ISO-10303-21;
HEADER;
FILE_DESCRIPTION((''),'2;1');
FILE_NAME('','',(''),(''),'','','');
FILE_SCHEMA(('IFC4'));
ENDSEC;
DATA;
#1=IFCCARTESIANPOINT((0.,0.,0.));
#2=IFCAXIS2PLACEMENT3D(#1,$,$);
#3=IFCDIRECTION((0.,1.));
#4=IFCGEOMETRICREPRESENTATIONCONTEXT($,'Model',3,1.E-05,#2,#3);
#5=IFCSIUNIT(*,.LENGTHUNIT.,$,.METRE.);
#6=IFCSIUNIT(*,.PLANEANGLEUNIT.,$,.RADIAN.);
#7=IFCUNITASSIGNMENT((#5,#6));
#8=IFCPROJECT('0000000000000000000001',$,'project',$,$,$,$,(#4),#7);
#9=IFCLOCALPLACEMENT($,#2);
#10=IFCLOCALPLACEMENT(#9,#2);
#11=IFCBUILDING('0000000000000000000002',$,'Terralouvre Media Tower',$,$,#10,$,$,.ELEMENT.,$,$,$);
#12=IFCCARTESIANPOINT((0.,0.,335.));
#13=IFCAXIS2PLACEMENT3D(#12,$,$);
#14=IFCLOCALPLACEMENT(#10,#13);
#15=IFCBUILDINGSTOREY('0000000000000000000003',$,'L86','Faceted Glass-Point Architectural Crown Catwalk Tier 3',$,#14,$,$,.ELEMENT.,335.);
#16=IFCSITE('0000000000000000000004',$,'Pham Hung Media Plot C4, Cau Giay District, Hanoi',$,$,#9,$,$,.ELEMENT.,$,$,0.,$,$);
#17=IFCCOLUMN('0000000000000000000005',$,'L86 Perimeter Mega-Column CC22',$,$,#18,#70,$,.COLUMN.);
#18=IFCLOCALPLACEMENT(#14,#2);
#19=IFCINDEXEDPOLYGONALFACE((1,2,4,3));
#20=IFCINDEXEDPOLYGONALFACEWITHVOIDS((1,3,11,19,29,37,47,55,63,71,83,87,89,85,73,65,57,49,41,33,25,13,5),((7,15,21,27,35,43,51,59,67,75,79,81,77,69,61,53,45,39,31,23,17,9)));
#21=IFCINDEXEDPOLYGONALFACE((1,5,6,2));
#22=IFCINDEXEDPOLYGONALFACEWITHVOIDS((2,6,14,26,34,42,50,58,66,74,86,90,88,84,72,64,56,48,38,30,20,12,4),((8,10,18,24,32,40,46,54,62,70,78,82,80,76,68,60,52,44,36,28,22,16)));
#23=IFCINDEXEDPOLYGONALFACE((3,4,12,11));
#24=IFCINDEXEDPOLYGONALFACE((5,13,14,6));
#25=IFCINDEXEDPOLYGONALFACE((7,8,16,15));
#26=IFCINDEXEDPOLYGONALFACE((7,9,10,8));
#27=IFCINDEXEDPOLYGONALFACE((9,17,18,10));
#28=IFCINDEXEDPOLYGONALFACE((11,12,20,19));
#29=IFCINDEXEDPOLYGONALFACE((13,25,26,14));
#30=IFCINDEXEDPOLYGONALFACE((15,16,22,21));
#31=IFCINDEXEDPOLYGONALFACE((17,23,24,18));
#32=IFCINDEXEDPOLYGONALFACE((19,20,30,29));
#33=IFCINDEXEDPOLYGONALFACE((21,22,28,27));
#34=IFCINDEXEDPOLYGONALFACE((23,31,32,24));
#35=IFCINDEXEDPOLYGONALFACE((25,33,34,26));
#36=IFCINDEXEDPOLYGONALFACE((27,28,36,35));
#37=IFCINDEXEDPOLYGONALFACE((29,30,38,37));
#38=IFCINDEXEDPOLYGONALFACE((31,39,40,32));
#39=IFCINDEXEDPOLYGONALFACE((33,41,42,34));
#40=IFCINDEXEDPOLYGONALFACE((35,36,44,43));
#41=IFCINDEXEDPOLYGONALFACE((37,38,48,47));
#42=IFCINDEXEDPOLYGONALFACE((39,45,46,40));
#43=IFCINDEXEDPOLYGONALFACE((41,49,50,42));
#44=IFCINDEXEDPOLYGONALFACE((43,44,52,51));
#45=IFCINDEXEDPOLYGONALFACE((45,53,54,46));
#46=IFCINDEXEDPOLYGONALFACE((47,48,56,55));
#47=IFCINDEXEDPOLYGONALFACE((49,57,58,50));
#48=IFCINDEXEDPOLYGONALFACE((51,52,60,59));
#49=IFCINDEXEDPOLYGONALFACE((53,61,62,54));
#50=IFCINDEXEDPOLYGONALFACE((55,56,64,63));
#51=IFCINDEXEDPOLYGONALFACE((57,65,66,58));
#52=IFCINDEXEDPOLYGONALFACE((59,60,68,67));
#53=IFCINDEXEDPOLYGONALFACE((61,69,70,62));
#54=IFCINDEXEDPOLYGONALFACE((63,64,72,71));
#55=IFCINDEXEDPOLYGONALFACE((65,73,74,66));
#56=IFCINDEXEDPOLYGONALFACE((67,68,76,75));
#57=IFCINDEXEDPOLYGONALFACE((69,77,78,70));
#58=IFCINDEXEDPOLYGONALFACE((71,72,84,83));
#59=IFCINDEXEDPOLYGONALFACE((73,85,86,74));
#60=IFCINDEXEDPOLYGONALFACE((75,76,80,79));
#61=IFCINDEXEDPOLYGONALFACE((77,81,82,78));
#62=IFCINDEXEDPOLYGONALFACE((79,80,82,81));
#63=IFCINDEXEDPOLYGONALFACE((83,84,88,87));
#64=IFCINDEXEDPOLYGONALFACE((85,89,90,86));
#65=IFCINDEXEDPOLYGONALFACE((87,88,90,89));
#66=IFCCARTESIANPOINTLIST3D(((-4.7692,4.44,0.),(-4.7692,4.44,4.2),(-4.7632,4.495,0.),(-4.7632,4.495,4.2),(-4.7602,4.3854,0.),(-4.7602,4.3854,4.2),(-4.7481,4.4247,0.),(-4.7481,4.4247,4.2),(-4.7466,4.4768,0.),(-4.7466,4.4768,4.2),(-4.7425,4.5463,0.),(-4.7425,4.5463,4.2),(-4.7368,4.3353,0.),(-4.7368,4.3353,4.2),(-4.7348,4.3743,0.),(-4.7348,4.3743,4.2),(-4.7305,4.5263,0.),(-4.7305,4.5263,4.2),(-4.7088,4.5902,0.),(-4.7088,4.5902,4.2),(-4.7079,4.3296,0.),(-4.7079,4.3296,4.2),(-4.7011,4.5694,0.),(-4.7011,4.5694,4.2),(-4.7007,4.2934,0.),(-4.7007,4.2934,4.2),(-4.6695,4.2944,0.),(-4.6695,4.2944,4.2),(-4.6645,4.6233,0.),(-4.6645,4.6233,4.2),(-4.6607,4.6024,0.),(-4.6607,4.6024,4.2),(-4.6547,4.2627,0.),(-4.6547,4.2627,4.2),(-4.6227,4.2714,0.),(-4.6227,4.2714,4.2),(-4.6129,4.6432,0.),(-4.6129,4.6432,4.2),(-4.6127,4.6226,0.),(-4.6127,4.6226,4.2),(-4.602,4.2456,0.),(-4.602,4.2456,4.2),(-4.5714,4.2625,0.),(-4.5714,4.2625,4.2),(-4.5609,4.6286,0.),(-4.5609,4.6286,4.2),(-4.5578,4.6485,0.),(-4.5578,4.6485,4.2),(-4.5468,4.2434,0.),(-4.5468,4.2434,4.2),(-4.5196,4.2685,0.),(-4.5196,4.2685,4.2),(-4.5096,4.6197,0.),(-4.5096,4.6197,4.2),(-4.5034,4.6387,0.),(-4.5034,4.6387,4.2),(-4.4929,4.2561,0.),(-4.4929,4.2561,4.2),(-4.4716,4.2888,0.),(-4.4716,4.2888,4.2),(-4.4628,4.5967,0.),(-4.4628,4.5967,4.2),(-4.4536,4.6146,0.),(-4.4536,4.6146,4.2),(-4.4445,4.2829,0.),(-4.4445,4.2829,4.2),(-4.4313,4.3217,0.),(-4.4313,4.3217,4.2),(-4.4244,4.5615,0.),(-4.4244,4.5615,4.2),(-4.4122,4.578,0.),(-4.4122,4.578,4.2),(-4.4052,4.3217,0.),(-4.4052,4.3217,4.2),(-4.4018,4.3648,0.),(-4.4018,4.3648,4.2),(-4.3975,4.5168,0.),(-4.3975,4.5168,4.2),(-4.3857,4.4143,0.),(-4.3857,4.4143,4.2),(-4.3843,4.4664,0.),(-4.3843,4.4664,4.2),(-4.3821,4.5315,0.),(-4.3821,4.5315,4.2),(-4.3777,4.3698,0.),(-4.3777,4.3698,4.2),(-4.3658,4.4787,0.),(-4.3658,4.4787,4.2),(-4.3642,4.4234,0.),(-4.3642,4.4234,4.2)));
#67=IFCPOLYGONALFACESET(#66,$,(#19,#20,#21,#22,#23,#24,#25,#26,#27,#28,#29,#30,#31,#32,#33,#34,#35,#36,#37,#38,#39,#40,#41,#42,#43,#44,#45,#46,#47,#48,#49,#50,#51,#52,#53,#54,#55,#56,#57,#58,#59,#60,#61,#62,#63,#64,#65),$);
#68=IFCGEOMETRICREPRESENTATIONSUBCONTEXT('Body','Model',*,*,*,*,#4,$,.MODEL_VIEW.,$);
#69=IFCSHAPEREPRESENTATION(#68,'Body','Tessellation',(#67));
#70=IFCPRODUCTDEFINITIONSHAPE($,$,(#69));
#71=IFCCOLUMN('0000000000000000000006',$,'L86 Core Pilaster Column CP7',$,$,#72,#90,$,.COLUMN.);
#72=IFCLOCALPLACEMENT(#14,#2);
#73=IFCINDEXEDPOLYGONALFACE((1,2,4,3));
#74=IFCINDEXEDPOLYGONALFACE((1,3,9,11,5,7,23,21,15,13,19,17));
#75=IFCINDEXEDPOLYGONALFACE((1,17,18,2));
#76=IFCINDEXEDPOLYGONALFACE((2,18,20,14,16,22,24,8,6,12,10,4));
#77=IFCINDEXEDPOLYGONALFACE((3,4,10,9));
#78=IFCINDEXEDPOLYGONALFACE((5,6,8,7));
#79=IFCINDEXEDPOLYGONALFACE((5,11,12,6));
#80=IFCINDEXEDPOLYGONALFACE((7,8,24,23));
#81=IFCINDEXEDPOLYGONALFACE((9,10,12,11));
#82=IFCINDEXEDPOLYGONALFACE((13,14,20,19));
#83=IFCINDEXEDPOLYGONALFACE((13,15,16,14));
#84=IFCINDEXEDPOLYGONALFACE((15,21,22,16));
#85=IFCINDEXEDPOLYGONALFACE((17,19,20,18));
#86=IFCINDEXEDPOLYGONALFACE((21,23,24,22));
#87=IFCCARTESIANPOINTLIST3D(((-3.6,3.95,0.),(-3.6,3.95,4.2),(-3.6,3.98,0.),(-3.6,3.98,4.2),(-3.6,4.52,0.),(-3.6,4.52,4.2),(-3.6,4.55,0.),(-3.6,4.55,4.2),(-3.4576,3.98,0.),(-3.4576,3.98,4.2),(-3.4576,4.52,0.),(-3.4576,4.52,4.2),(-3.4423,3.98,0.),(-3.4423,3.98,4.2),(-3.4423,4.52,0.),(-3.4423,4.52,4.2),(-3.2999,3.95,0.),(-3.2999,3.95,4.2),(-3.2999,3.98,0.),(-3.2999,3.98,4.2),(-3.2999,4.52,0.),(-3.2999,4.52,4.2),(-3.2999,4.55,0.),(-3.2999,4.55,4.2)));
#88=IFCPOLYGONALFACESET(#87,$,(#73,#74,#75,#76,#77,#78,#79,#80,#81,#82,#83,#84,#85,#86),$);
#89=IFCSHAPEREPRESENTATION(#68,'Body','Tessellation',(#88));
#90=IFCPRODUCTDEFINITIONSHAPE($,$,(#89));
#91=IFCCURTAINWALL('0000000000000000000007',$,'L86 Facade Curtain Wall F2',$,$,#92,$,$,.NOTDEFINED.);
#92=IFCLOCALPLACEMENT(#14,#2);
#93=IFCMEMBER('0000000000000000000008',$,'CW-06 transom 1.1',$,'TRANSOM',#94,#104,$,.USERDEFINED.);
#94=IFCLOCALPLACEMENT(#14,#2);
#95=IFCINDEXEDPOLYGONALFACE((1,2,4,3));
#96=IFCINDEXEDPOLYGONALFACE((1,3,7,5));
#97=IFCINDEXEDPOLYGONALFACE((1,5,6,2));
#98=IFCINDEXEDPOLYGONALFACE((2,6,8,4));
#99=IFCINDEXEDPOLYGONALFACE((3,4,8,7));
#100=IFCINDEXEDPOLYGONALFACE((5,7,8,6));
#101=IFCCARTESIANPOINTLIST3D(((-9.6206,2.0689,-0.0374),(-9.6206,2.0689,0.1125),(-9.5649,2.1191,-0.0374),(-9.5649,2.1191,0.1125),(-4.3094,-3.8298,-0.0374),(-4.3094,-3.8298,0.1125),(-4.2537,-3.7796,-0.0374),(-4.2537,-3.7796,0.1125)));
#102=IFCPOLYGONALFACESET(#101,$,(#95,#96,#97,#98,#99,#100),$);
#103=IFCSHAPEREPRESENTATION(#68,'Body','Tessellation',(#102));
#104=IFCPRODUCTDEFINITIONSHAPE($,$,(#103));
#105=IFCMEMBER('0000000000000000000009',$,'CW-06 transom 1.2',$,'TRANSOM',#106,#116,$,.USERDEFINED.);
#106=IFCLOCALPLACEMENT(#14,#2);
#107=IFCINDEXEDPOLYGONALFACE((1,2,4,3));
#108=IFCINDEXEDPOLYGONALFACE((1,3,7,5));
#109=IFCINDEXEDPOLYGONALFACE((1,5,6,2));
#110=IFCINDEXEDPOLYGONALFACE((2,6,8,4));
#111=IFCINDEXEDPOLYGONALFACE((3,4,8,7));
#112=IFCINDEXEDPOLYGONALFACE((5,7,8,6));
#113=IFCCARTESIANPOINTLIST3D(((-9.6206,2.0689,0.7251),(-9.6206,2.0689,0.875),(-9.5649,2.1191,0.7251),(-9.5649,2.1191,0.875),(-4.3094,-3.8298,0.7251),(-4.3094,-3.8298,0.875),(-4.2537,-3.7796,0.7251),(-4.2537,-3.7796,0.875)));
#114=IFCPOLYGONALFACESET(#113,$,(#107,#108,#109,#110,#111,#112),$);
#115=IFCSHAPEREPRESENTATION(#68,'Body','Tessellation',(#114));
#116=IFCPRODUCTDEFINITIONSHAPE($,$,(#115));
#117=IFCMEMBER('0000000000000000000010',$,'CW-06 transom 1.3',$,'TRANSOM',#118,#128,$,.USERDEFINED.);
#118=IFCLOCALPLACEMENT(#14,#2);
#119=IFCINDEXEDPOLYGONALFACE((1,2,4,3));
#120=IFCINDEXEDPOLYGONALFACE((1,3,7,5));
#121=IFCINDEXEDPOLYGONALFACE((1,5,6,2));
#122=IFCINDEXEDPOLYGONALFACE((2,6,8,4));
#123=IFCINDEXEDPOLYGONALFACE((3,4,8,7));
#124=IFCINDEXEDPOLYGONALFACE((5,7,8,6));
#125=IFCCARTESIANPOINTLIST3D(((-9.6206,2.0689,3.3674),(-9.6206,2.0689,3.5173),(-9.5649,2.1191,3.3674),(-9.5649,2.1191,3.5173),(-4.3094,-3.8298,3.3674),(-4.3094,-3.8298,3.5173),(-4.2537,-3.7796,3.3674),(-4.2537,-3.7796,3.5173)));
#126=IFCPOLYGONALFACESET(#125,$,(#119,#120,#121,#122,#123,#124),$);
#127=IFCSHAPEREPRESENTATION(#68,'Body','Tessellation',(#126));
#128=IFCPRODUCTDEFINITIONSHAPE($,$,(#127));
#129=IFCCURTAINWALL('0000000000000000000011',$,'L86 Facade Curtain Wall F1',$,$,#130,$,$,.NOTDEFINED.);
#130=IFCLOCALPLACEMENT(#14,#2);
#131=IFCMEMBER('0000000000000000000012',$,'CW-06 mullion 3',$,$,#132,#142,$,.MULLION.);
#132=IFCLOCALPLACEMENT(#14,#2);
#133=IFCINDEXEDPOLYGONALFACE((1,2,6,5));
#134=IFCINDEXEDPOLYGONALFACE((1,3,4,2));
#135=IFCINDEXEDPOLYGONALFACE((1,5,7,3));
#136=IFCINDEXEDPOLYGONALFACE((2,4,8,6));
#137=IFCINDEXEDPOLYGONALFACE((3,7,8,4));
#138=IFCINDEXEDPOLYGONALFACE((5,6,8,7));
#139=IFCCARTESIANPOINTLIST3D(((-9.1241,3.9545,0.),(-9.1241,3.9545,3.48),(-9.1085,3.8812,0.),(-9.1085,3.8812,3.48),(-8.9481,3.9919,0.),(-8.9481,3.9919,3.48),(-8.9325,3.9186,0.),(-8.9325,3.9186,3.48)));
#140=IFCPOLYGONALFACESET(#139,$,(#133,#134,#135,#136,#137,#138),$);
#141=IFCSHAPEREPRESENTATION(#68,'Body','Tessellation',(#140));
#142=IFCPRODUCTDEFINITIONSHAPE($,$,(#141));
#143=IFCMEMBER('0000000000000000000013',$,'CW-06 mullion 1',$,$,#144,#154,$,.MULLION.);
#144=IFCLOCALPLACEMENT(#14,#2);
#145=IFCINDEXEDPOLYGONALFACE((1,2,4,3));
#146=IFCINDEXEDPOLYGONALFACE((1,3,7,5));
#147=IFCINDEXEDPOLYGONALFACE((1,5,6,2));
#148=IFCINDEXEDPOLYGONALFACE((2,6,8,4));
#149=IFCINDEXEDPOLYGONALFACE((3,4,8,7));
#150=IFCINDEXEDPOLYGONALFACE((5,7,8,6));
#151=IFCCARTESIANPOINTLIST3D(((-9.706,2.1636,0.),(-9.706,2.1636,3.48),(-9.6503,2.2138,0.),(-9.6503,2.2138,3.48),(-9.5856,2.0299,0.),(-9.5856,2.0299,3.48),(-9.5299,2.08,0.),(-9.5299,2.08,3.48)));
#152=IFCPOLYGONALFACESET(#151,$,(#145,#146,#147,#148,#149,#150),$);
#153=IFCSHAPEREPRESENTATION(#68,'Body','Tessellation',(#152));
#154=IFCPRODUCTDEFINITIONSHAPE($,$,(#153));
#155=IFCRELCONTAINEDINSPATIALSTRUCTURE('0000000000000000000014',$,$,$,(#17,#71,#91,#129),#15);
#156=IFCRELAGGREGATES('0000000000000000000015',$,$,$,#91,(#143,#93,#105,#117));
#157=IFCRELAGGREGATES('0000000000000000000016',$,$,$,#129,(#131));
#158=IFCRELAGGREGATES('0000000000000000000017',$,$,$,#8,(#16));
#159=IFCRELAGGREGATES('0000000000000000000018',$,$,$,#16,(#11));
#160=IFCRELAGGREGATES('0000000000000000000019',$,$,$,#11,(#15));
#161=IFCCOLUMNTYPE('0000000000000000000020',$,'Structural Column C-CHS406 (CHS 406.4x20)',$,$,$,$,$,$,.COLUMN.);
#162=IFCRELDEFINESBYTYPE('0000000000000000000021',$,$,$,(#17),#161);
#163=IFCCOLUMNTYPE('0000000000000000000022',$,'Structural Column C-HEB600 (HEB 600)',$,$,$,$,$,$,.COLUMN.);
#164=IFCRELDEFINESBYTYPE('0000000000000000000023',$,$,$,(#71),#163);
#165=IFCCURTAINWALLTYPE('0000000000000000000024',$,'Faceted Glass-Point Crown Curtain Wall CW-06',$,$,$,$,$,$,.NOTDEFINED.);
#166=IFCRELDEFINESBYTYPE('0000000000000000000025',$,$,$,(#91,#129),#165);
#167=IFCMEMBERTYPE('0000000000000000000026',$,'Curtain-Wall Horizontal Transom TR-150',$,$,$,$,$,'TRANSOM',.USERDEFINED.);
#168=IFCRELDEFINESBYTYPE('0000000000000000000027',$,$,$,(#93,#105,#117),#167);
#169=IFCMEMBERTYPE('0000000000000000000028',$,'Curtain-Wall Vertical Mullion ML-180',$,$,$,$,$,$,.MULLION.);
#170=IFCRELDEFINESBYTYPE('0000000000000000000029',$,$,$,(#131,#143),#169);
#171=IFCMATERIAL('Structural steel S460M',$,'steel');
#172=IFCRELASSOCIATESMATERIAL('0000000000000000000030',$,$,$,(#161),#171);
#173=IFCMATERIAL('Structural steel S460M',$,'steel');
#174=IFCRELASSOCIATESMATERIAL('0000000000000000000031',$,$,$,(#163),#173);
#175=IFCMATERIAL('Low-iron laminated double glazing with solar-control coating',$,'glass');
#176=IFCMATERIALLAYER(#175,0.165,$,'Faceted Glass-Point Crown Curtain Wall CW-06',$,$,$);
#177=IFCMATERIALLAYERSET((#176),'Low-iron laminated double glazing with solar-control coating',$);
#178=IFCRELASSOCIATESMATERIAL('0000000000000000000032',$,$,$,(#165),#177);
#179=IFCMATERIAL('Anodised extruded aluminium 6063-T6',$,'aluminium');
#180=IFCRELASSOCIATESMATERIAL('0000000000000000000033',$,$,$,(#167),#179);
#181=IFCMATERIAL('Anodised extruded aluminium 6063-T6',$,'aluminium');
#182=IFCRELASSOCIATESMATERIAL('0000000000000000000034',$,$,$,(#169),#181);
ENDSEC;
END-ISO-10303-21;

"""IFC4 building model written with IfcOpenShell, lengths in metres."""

from ifc_helpers import new_model, si_unit, direction, frame, origin, origin_2d, place, context, subcontext, project, spatial, rectangle, hollow_circle, i_section, extrude, material, layer, layer_set, material_profile, profile_set, type_object, element, aggregate, save


model = new_model("IFC4")

# Units and contexts
model_context = context("Model", 3, precision=1e-05, world=origin(), true_north=direction((0.0, 1.0)))
body_context = subcontext(model_context, "Body", "Model", "MODEL_VIEW")
ifc_project = project(units=[si_unit("LENGTHUNIT", "METRE"), si_unit("PLANEANGLEUNIT", "RADIAN")], contexts=[model_context])

# Site, building, storey
site_placement = place(None, origin())
site = spatial("IfcSite", under=ifc_project, at=site_placement, Name="Pham Hung Media Plot C4, Cau Giay District, Hanoi", CompositionType="ELEMENT", RefElevation=0.0)
building_placement = place(site_placement, origin())
building = spatial("IfcBuilding", under=site, at=building_placement, Name="Terralouvre Media Tower", CompositionType="ELEMENT")
storey_placement = place(building_placement, frame((0.0, 0.0, 335.0)))
storey = spatial("IfcBuildingStorey", under=building, at=storey_placement, Name="L86", Description="Faceted Glass-Point Architectural Crown Catwalk Tier 3", CompositionType="ELEMENT", Elevation=335.0)

# Columns
ifc_material_1 = material(Name="Structural steel S460M", Category="steel")
ifc_material_profile_1 = material_profile(ifc_material_1, hollow_circle(Radius=0.2031, WallThickness=0.02, at=origin_2d()), Name="CHS 406.4x20")
ifc_profile_set_1 = profile_set([ifc_material_profile_1], Name="Structural steel S460M")
column_type_1 = type_object("IfcColumnType", Name="Structural Column C-CHS406 (CHS 406.4x20)", PredefinedType="COLUMN", material=ifc_profile_set_1)
column_1_placement = place(storey_placement, frame((-4.5662, 4.4456, 0.0), z_axis=(0.0, 0.0, 1.0), x_axis=(0.309017, 0.951057, 0.0)))
element("IfcColumn", 1, at=column_1_placement, inside=storey, type_object=column_type_1, Name="L86 Perimeter Mega-Column CC22", PredefinedType="COLUMN", context=body_context, shape_type="SweptSolid", body=[
    extrude(hollow_circle(Radius=0.2031, WallThickness=0.02, at=origin_2d()), origin(), (0.0, 0.0, 1.0), 4.2),
])
ifc_material_2 = material(Name="Structural steel S460M", Category="steel")
ifc_material_profile_2 = material_profile(ifc_material_2, i_section(OverallWidth=0.3, OverallDepth=0.6001, WebThickness=0.0154, FlangeThickness=0.03, at=origin_2d()), Name="HEB 600")
ifc_profile_set_2 = profile_set([ifc_material_profile_2], Name="Structural steel S460M")
column_type_2 = type_object("IfcColumnType", Name="Structural Column C-HEB600 (HEB 600)", PredefinedType="COLUMN", material=ifc_profile_set_2)
column_2_placement = place(storey_placement, frame((-3.45, 4.25, 0.0), z_axis=(0.0, 0.0, 1.0), x_axis=(1.0, 0.0, 0.0)))
element("IfcColumn", 2, at=column_2_placement, inside=storey, type_object=column_type_2, Name="L86 Core Pilaster Column CP7", PredefinedType="COLUMN", context=body_context, shape_type="SweptSolid", body=[
    extrude(i_section(OverallWidth=0.3, OverallDepth=0.6001, WebThickness=0.0154, FlangeThickness=0.03, at=origin_2d()), origin(), (0.0, 0.0, 1.0), 4.2),
])

# Curtain wall, members
ifc_material_3 = material(Name="Low-iron laminated double glazing with solar-control coating", Category="glass")
ifc_layer_1 = layer(ifc_material_3, 0.165, Name="Faceted Glass-Point Crown Curtain Wall CW-06")
ifc_layer_set_1 = layer_set([ifc_layer_1], Name="Low-iron laminated double glazing with solar-control coating")
curtain_wall_type = type_object("IfcCurtainWallType", Name="Faceted Glass-Point Crown Curtain Wall CW-06", PredefinedType="NOTDEFINED", material=ifc_layer_set_1)
curtain_wall_1_placement = place(storey_placement, origin())
curtain_wall_1 = element("IfcCurtainWall", 3, at=curtain_wall_1_placement, inside=storey, type_object=curtain_wall_type, Name="L86 Facade Curtain Wall F2", PredefinedType="NOTDEFINED")
ifc_material_4 = material(Name="Anodised extruded aluminium 6063-T6", Category="aluminium")
ifc_material_profile_3 = material_profile(ifc_material_4, rectangle(XDim=0.075, YDim=0.1499, at=origin_2d()), Name="ALU 75x150")
ifc_profile_set_3 = profile_set([ifc_material_profile_3], Name="Anodised extruded aluminium 6063-T6")
member_type_1 = type_object("IfcMemberType", Name="Curtain-Wall Horizontal Transom TR-150", ElementType="TRANSOM", PredefinedType="USERDEFINED", material=ifc_profile_set_3)
member_1_placement = place(storey_placement, frame((-9.5928, 2.094, 0.0376), z_axis=(0.669136, -0.74314, 0.0), x_axis=(0.74314, 0.669136, 0.0)))
member_1 = element("IfcMember", 4, at=member_1_placement, type_object=member_type_1, Name="CW-06 transom 1.1", ObjectType="TRANSOM", PredefinedType="USERDEFINED", context=body_context, shape_type="SweptSolid", body=[
    extrude(rectangle(XDim=0.075, YDim=0.1499, at=origin_2d()), origin(), (0.0, 0.0, 1.0), 7.9375),
])
member_2_placement = place(storey_placement, frame((-9.5928, 2.094, 0.8), z_axis=(0.669136, -0.74314, 0.0), x_axis=(0.74314, 0.669136, 0.0)))
member_2 = element("IfcMember", 5, at=member_2_placement, type_object=member_type_1, Name="CW-06 transom 1.2", ObjectType="TRANSOM", PredefinedType="USERDEFINED", context=body_context, shape_type="SweptSolid", body=[
    extrude(rectangle(XDim=0.075, YDim=0.1499, at=origin_2d()), origin(), (0.0, 0.0, 1.0), 7.9375),
])
member_3_placement = place(storey_placement, frame((-9.5928, 2.094, 3.4424), z_axis=(0.669136, -0.74314, 0.0), x_axis=(0.74314, 0.669136, 0.0)))
member_3 = element("IfcMember", 6, at=member_3_placement, type_object=member_type_1, Name="CW-06 transom 1.3", ObjectType="TRANSOM", PredefinedType="USERDEFINED", context=body_context, shape_type="SweptSolid", body=[
    extrude(rectangle(XDim=0.075, YDim=0.1499, at=origin_2d()), origin(), (0.0, 0.0, 1.0), 7.9375),
])

# Curtain wall, member
curtain_wall_2_placement = place(storey_placement, origin())
curtain_wall_2 = element("IfcCurtainWall", 7, at=curtain_wall_2_placement, inside=storey, type_object=curtain_wall_type, Name="L86 Facade Curtain Wall F1", PredefinedType="NOTDEFINED")
ifc_material_5 = material(Name="Anodised extruded aluminium 6063-T6", Category="aluminium")
ifc_material_profile_4 = material_profile(ifc_material_5, rectangle(XDim=0.075, YDim=0.1799, at=origin_2d()), Name="ALU 75x180")
ifc_profile_set_4 = profile_set([ifc_material_profile_4], Name="Anodised extruded aluminium 6063-T6")
member_type_2 = type_object("IfcMemberType", Name="Curtain-Wall Vertical Mullion ML-180", PredefinedType="MULLION", material=ifc_profile_set_4)
member_4_placement = place(storey_placement, frame((-9.0283, 3.9365, 0.0), z_axis=(0.0, 0.0, 1.0), x_axis=(0.207912, -0.978148, 0.0)))
member_4 = element("IfcMember", 8, at=member_4_placement, type_object=member_type_2, Name="CW-06 mullion 3", PredefinedType="MULLION", context=body_context, shape_type="SweptSolid", body=[
    extrude(rectangle(XDim=0.075, YDim=0.1799, at=origin_2d()), origin(), (0.0, 0.0, 1.0), 3.48),
])

# Member
member_5_placement = place(storey_placement, frame((-9.6179, 2.1218, 0.0), z_axis=(0.0, 0.0, 1.0), x_axis=(0.743145, 0.66913, 0.0)))
member_5 = element("IfcMember", 9, at=member_5_placement, type_object=member_type_2, Name="CW-06 mullion 1", PredefinedType="MULLION", context=body_context, shape_type="SweptSolid", body=[
    extrude(rectangle(XDim=0.075, YDim=0.1799, at=origin_2d()), origin(), (0.0, 0.0, 1.0), 3.48),
])
aggregate(curtain_wall_1, [member_5, member_1, member_2, member_3])

aggregate(curtain_wall_2, [member_4])

save(model, "model.ifc")
